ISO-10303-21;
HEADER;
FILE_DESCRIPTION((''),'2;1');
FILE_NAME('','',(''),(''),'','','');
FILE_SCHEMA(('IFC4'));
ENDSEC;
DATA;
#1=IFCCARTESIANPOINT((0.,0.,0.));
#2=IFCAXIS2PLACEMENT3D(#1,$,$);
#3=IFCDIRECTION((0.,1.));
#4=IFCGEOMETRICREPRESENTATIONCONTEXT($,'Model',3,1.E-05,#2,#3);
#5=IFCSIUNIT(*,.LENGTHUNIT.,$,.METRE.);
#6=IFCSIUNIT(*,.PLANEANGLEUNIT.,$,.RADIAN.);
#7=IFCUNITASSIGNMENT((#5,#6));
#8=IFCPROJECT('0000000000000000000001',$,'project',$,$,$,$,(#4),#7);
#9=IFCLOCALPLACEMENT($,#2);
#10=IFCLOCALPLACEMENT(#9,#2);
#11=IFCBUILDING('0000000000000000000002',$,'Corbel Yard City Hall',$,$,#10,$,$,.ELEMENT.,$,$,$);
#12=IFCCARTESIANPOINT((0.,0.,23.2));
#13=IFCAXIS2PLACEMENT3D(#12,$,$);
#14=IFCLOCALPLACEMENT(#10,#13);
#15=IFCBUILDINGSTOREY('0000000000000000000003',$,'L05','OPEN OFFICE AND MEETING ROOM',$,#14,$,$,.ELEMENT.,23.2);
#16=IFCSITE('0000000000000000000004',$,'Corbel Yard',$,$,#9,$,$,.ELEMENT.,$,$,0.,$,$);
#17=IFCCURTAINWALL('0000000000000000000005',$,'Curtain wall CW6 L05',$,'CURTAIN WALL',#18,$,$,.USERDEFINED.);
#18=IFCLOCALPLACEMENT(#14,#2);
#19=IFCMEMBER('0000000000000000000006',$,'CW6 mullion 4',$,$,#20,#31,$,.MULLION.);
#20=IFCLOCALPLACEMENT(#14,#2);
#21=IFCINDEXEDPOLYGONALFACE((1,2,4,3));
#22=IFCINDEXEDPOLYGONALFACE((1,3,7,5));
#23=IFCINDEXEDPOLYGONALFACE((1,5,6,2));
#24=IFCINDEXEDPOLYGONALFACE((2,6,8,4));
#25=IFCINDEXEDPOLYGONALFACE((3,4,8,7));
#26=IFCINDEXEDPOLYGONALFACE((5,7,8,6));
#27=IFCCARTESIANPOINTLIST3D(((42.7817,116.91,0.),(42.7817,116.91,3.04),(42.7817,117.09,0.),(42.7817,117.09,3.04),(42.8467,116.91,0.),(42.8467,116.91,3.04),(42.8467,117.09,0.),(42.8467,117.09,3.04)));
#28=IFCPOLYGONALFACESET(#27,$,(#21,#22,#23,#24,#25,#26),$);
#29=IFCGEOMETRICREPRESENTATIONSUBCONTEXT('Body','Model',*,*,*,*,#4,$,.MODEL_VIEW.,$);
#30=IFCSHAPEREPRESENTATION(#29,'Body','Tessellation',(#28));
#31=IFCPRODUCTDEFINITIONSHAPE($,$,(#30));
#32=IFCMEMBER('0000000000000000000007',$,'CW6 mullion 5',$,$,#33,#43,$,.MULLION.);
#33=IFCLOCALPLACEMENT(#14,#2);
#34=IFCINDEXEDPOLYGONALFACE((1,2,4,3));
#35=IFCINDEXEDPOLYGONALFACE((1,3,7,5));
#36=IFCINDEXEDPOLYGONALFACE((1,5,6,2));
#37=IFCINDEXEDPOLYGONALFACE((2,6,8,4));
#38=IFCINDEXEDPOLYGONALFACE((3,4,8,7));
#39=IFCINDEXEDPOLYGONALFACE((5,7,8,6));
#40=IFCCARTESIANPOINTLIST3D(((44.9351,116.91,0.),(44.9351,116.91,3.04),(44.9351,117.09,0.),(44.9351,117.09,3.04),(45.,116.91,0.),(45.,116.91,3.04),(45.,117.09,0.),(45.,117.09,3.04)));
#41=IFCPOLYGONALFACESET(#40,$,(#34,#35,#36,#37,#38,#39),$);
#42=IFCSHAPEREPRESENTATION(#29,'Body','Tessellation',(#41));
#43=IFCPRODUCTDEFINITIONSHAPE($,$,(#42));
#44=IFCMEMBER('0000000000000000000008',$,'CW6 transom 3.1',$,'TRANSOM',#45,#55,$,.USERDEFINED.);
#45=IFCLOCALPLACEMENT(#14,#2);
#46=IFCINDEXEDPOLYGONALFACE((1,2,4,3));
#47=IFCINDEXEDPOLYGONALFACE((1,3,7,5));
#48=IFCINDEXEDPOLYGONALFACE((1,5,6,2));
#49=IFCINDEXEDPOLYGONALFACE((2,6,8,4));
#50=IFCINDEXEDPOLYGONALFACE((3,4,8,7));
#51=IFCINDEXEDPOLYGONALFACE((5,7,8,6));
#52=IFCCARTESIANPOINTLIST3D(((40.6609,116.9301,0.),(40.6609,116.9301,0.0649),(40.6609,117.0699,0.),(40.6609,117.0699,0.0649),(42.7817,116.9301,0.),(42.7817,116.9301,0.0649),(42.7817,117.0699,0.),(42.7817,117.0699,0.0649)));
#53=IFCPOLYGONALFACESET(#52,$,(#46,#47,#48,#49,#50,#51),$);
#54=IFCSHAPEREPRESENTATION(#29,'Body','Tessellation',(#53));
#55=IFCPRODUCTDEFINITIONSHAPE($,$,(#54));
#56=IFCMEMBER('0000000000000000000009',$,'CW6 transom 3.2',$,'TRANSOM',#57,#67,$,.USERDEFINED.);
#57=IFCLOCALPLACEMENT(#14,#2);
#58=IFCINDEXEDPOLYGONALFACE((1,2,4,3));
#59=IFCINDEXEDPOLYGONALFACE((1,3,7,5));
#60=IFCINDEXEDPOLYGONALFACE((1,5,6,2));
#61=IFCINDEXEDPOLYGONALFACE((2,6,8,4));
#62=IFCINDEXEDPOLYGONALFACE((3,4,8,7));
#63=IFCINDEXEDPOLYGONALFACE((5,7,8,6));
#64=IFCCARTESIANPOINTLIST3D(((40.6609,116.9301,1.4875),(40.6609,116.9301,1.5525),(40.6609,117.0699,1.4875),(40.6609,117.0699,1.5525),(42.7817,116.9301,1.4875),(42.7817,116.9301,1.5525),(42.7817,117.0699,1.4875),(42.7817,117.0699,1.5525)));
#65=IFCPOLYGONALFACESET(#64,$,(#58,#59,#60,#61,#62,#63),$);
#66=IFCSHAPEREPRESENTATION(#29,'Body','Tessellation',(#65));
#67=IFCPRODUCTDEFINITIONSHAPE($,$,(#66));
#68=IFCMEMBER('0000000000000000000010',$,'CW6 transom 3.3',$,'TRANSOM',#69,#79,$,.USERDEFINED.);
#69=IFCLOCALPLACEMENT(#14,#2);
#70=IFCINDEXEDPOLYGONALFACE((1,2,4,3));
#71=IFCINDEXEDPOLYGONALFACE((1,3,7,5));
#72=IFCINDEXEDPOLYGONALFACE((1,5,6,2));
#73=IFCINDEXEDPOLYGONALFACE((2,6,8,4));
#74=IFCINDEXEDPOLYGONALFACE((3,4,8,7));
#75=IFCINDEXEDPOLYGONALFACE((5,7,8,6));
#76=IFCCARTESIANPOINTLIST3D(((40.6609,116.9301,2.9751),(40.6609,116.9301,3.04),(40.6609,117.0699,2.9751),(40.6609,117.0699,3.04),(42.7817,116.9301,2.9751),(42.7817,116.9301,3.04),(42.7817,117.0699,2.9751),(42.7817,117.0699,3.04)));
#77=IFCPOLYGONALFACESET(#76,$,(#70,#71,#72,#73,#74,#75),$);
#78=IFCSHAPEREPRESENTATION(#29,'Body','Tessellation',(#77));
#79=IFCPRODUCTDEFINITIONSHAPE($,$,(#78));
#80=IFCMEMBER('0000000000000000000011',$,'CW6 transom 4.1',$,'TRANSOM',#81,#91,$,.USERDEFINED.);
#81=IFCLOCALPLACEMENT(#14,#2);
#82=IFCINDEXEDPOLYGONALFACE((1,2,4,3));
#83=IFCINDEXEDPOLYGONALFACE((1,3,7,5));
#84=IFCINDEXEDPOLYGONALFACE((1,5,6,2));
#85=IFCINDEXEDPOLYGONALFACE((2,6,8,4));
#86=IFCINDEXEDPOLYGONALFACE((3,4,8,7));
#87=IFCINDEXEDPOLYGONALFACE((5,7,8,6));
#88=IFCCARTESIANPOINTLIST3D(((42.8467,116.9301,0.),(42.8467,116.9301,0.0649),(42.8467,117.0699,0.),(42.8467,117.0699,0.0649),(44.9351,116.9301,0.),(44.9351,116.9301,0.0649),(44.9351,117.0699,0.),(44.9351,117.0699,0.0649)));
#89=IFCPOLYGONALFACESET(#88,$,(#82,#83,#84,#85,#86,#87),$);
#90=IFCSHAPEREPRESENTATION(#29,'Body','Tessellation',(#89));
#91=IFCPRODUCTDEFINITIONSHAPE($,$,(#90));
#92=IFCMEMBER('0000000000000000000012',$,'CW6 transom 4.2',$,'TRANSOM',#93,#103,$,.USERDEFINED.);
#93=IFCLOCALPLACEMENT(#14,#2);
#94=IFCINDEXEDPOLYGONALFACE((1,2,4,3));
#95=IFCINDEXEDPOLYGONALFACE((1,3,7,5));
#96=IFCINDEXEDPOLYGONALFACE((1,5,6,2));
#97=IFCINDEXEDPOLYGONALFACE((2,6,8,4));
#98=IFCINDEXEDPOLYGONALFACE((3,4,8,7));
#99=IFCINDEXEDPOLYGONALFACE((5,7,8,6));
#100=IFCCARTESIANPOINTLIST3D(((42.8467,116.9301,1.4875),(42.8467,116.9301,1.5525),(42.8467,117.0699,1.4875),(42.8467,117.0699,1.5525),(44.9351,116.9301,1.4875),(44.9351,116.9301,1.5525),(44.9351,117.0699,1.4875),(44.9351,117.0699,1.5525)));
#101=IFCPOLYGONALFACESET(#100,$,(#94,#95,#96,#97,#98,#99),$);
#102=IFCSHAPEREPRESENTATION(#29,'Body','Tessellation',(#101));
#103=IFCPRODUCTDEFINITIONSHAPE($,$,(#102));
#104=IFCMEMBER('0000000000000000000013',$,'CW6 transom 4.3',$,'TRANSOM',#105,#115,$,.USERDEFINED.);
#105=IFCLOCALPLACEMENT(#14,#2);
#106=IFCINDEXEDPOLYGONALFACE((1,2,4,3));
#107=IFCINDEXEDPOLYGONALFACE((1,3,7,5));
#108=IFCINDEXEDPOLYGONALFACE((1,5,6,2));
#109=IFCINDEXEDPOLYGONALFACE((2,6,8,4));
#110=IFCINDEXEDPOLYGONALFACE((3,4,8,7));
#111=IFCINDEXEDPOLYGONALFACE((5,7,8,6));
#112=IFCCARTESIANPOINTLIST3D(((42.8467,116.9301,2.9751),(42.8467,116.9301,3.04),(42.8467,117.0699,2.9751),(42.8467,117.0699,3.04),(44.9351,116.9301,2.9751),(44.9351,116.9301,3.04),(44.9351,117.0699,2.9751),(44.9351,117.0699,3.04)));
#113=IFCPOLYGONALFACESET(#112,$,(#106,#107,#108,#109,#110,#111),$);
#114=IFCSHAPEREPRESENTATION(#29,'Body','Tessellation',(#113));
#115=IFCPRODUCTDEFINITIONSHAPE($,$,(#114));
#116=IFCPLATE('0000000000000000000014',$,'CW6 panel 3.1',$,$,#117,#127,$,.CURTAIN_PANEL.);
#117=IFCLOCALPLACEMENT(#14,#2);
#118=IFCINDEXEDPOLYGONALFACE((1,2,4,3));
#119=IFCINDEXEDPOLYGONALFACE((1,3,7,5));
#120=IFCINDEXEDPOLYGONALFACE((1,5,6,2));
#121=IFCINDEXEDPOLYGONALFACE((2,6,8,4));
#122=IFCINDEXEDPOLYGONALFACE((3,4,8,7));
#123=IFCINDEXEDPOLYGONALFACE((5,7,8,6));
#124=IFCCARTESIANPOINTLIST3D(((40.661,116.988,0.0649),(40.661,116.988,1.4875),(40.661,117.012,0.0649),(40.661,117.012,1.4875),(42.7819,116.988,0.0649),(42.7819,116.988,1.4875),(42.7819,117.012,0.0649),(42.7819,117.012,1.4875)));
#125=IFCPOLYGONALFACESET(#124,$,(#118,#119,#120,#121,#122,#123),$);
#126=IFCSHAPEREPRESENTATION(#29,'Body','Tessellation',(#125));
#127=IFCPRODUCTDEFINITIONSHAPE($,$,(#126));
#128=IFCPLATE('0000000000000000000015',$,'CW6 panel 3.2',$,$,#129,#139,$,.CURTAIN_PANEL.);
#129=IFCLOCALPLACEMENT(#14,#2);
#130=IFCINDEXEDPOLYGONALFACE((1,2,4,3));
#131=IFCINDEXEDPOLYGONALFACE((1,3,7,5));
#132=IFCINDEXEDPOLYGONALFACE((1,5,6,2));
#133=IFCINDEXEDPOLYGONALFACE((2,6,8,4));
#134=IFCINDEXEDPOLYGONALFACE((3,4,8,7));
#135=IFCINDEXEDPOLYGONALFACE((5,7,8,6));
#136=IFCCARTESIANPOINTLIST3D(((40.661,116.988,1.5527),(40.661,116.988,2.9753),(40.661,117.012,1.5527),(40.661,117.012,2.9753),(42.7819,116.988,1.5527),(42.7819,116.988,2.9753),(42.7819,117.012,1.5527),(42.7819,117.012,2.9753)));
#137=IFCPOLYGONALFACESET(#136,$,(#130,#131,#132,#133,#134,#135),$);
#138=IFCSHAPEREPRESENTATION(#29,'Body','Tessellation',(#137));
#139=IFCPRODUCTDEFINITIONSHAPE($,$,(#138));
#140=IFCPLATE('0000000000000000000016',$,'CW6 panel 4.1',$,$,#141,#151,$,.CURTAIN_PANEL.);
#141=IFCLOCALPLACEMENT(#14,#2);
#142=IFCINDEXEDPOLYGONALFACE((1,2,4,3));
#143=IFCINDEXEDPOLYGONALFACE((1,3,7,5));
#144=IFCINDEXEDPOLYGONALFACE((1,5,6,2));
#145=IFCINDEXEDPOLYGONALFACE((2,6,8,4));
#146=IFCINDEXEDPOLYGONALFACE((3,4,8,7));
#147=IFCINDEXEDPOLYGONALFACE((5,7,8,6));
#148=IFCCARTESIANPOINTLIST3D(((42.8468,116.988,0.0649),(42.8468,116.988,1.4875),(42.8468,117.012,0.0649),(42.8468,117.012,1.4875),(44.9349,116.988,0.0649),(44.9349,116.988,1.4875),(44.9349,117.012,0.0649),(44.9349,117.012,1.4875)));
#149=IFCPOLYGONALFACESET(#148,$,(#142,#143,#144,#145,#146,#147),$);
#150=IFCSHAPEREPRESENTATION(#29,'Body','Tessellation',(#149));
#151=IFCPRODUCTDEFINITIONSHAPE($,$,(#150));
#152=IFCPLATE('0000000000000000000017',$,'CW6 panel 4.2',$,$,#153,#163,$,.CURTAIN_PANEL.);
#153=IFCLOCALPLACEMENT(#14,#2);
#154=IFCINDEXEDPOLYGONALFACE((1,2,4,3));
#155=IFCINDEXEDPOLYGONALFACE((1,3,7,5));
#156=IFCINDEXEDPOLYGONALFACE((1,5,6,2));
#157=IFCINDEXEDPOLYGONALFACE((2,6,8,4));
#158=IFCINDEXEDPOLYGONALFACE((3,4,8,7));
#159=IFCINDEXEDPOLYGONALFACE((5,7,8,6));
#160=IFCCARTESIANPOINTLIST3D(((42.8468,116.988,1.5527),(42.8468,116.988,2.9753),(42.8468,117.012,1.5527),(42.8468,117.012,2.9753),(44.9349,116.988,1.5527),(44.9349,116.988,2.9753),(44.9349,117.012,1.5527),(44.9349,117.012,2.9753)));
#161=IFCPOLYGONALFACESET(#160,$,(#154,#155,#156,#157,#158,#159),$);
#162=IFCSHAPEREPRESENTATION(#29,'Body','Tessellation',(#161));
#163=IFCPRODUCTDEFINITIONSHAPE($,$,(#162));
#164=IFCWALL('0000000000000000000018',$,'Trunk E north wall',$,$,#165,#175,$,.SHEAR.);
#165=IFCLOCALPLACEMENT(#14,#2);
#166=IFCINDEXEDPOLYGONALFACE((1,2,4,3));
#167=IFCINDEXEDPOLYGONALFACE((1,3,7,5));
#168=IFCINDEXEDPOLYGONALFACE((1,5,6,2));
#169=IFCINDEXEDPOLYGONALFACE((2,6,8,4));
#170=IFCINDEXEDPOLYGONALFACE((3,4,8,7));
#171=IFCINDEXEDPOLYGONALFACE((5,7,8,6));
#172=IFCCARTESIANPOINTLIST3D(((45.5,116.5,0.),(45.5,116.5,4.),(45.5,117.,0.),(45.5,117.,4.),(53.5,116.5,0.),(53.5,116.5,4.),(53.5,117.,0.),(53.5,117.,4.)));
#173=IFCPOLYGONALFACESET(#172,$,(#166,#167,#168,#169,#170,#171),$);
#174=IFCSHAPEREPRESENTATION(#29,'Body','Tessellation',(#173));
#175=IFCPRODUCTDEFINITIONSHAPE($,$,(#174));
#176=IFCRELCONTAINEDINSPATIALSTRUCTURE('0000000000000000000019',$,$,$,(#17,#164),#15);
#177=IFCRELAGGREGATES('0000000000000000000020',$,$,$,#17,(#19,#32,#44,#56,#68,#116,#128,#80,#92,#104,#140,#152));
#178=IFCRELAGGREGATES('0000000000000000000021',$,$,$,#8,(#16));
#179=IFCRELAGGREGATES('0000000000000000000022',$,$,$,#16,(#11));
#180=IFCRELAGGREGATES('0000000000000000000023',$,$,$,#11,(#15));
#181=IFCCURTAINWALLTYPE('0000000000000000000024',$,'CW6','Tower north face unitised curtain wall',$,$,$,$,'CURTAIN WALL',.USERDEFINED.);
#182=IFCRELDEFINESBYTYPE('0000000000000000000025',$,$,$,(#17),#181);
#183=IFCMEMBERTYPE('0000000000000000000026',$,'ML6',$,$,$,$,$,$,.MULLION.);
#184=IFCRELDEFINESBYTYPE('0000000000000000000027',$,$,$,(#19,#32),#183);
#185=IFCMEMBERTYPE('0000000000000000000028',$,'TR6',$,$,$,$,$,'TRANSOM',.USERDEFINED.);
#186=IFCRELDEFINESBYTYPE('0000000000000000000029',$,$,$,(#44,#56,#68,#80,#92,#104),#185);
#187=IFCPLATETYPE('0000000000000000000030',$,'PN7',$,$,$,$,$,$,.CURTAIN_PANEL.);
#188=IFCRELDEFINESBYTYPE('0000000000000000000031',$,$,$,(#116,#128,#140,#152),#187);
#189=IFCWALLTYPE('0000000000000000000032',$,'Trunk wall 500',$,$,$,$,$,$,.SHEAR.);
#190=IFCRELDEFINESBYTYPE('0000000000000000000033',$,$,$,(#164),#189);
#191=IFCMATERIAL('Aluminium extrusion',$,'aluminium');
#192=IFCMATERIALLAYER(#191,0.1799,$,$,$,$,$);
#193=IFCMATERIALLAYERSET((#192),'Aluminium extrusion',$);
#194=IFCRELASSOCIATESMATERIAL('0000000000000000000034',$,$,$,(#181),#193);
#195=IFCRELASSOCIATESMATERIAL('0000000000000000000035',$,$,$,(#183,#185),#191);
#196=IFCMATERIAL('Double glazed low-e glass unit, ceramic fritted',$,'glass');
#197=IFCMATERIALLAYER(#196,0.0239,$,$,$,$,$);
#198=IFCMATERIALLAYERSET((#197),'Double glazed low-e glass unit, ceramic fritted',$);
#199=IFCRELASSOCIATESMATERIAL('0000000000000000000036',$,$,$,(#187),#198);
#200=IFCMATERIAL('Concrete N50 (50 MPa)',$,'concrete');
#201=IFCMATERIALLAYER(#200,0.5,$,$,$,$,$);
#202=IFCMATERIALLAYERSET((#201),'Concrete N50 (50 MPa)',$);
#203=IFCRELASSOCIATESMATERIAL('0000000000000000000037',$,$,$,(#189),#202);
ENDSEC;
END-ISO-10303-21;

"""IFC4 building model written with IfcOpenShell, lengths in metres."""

from ifc_helpers import new_model, si_unit, direction, frame, frame_2d, origin, origin_2d, place, context, subcontext, project, spatial, rectangle, extrude, material, layer, layer_set, material_profile, profile_set, type_object, element, aggregate, save


model = new_model("IFC4")

# Units and contexts
model_context = context("Model", 3, precision=1e-05, world=origin(), true_north=direction((0.0, 1.0)))
body_context = subcontext(model_context, "Body", "Model", "MODEL_VIEW")
ifc_project = project(units=[si_unit("LENGTHUNIT", "METRE"), si_unit("PLANEANGLEUNIT", "RADIAN")], contexts=[model_context])

# Site, building, storey
site_placement = place(None, origin())
site = spatial("IfcSite", under=ifc_project, at=site_placement, Name="Corbel Yard", CompositionType="ELEMENT", RefElevation=0.0)
building_placement = place(site_placement, origin())
building = spatial("IfcBuilding", under=site, at=building_placement, Name="Corbel Yard City Hall", CompositionType="ELEMENT")
storey_placement = place(building_placement, frame((0.0, 0.0, 23.2)))
storey = spatial("IfcBuildingStorey", under=building, at=storey_placement, Name="L05", Description="OPEN OFFICE AND MEETING ROOM", CompositionType="ELEMENT", Elevation=23.2)

# Curtain wall, members, plates
ifc_material_1 = material(Name="Aluminium extrusion", Category="aluminium")
ifc_layer_1 = layer(ifc_material_1, 0.1799)
ifc_layer_set_1 = layer_set([ifc_layer_1], Name="Aluminium extrusion")
curtain_wall_type = type_object("IfcCurtainWallType", Name="CW6", Description="Tower north face unitised curtain wall", ElementType="CURTAIN WALL", PredefinedType="USERDEFINED", material=ifc_layer_set_1)
curtain_wall_placement = place(storey_placement, origin())
curtain_wall = element("IfcCurtainWall", 1, at=curtain_wall_placement, inside=storey, type_object=curtain_wall_type, Name="Curtain wall CW6 L05", ObjectType="CURTAIN WALL", PredefinedType="USERDEFINED")
ifc_material_profile_1 = material_profile(ifc_material_1, rectangle(XDim=0.1799, YDim=0.0649, at=origin_2d()), Name="180x65")
ifc_profile_set_1 = profile_set([ifc_material_profile_1], Name="Aluminium extrusion")
member_type_1 = type_object("IfcMemberType", Name="ML6", PredefinedType="MULLION", material=ifc_profile_set_1)
member_1_placement = place(storey_placement, frame((42.8142, 117.0, 0.0), z_axis=(0.0, 0.0, 1.0), x_axis=(0.0, 1.0, 0.0)))
member_1 = element("IfcMember", 2, at=member_1_placement, type_object=member_type_1, Name="CW6 mullion 4", PredefinedType="MULLION", context=body_context, shape_type="SweptSolid", body=[
    extrude(rectangle(XDim=0.1799, YDim=0.0649, at=origin_2d()), origin(), (0.0, 0.0, 1.0), 3.04),
])
member_2_placement = place(storey_placement, frame((44.9675, 117.0, 0.0), z_axis=(0.0, 0.0, 1.0), x_axis=(0.0, 1.0, 0.0)))
member_2 = element("IfcMember", 3, at=member_2_placement, type_object=member_type_1, Name="CW6 mullion 5", PredefinedType="MULLION", context=body_context, shape_type="SweptSolid", body=[
    extrude(rectangle(XDim=0.1799, YDim=0.0649, at=origin_2d()), origin(), (0.0, 0.0, 1.0), 3.04),
])
ifc_material_profile_2 = material_profile(ifc_material_1, rectangle(XDim=0.1399, YDim=0.0649, at=origin_2d()), Name="140x65")
ifc_profile_set_2 = profile_set([ifc_material_profile_2], Name="Aluminium extrusion")
member_type_2 = type_object("IfcMemberType", Name="TR6", ElementType="TRANSOM", PredefinedType="USERDEFINED", material=ifc_profile_set_2)
member_3_placement = place(storey_placement, frame((40.6609, 117.0, 0.0325), z_axis=(1.0, 0.0, 0.0), x_axis=(0.0, 1.0, 0.0)))
member_3 = element("IfcMember", 4, at=member_3_placement, type_object=member_type_2, Name="CW6 transom 3.1", ObjectType="TRANSOM", PredefinedType="USERDEFINED", context=body_context, shape_type="SweptSolid", body=[
    extrude(rectangle(XDim=0.1399, YDim=0.0649, at=origin_2d()), origin(), (0.0, 0.0, 1.0), 2.1208),
])
member_4_placement = place(storey_placement, frame((40.6609, 117.0, 1.52), z_axis=(1.0, 0.0, 0.0), x_axis=(0.0, 1.0, 0.0)))
member_4 = element("IfcMember", 5, at=member_4_placement, type_object=member_type_2, Name="CW6 transom 3.2", ObjectType="TRANSOM", PredefinedType="USERDEFINED", context=body_context, shape_type="SweptSolid", body=[
    extrude(rectangle(XDim=0.1399, YDim=0.0649, at=origin_2d()), origin(), (0.0, 0.0, 1.0), 2.1208),
])
member_5_placement = place(storey_placement, frame((40.6609, 117.0, 3.0076), z_axis=(1.0, 0.0, 0.0), x_axis=(0.0, 1.0, 0.0)))
member_5 = element("IfcMember", 6, at=member_5_placement, type_object=member_type_2, Name="CW6 transom 3.3", ObjectType="TRANSOM", PredefinedType="USERDEFINED", context=body_context, shape_type="SweptSolid", body=[
    extrude(rectangle(XDim=0.1399, YDim=0.0649, at=origin_2d()), origin(), (0.0, 0.0, 1.0), 2.1208),
])
member_6_placement = place(storey_placement, frame((42.8467, 117.0, 0.0325), z_axis=(1.0, 0.0, 0.0), x_axis=(0.0, 1.0, 0.0)))
member_6 = element("IfcMember", 7, at=member_6_placement, type_object=member_type_2, Name="CW6 transom 4.1", ObjectType="TRANSOM", PredefinedType="USERDEFINED", context=body_context, shape_type="SweptSolid", body=[
    extrude(rectangle(XDim=0.1399, YDim=0.0649, at=origin_2d()), origin(), (0.0, 0.0, 1.0), 2.0884),
])
member_7_placement = place(storey_placement, frame((42.8467, 117.0, 1.52), z_axis=(1.0, 0.0, 0.0), x_axis=(0.0, 1.0, 0.0)))
member_7 = element("IfcMember", 8, at=member_7_placement, type_object=member_type_2, Name="CW6 transom 4.2", ObjectType="TRANSOM", PredefinedType="USERDEFINED", context=body_context, shape_type="SweptSolid", body=[
    extrude(rectangle(XDim=0.1399, YDim=0.0649, at=origin_2d()), origin(), (0.0, 0.0, 1.0), 2.0884),
])
member_8_placement = place(storey_placement, frame((42.8467, 117.0, 3.0076), z_axis=(1.0, 0.0, 0.0), x_axis=(0.0, 1.0, 0.0)))
member_8 = element("IfcMember", 9, at=member_8_placement, type_object=member_type_2, Name="CW6 transom 4.3", ObjectType="TRANSOM", PredefinedType="USERDEFINED", context=body_context, shape_type="SweptSolid", body=[
    extrude(rectangle(XDim=0.1399, YDim=0.0649, at=origin_2d()), origin(), (0.0, 0.0, 1.0), 2.0884),
])
ifc_material_2 = material(Name="Double glazed low-e glass unit, ceramic fritted", Category="glass")
ifc_layer_2 = layer(ifc_material_2, 0.0239)
ifc_layer_set_2 = layer_set([ifc_layer_2], Name="Double glazed low-e glass unit, ceramic fritted")
plate_type = type_object("IfcPlateType", Name="PN7", PredefinedType="CURTAIN_PANEL", material=ifc_layer_set_2)
plate_1_placement = place(storey_placement, frame((41.7214, 117.0, 0.0649), z_axis=(0.0, 0.0, 1.0), x_axis=(1.0, 0.0, 0.0)))
plate_1 = element("IfcPlate", 10, at=plate_1_placement, type_object=plate_type, Name="CW6 panel 3.1", PredefinedType="CURTAIN_PANEL", context=body_context, shape_type="SweptSolid", body=[
    extrude(rectangle(XDim=2.1208, YDim=0.0239, at=origin_2d()), origin(), (0.0, 0.0, 1.0), 1.4226),
])
plate_2_placement = place(storey_placement, frame((41.7214, 117.0, 1.5527), z_axis=(0.0, 0.0, 1.0), x_axis=(1.0, 0.0, 0.0)))
plate_2 = element("IfcPlate", 11, at=plate_2_placement, type_object=plate_type, Name="CW6 panel 3.2", PredefinedType="CURTAIN_PANEL", context=body_context, shape_type="SweptSolid", body=[
    extrude(rectangle(XDim=2.1208, YDim=0.0239, at=origin_2d()), origin(), (0.0, 0.0, 1.0), 1.4226),
])
plate_3_placement = place(storey_placement, frame((43.8909, 117.0, 0.0649), z_axis=(0.0, 0.0, 1.0), x_axis=(1.0, 0.0, 0.0)))
plate_3 = element("IfcPlate", 12, at=plate_3_placement, type_object=plate_type, Name="CW6 panel 4.1", PredefinedType="CURTAIN_PANEL", context=body_context, shape_type="SweptSolid", body=[
    extrude(rectangle(XDim=2.0881, YDim=0.0239, at=origin_2d()), origin(), (0.0, 0.0, 1.0), 1.4226),
])
plate_4_placement = place(storey_placement, frame((43.8909, 117.0, 1.5527), z_axis=(0.0, 0.0, 1.0), x_axis=(1.0, 0.0, 0.0)))
plate_4 = element("IfcPlate", 13, at=plate_4_placement, type_object=plate_type, Name="CW6 panel 4.2", PredefinedType="CURTAIN_PANEL", context=body_context, shape_type="SweptSolid", body=[
    extrude(rectangle(XDim=2.0881, YDim=0.0239, at=origin_2d()), origin(), (0.0, 0.0, 1.0), 1.4226),
])
aggregate(curtain_wall, [member_1, member_2, member_3, member_4, member_5, plate_1, plate_2, member_6, member_7, member_8, plate_3, plate_4])

# Wall
ifc_material_3 = material(Name="Concrete N50 (50 MPa)", Category="concrete")
ifc_layer_3 = layer(ifc_material_3, 0.5)
ifc_layer_set_3 = layer_set([ifc_layer_3], Name="Concrete N50 (50 MPa)")
wall_type = type_object("IfcWallType", Name="Trunk wall 500", PredefinedType="SHEAR", material=ifc_layer_set_3)
wall_placement = place(storey_placement, frame((45.5, 116.75, 0.0), z_axis=(0.0, 0.0, 1.0), x_axis=(1.0, 0.0, 0.0)))
element("IfcWall", 14, at=wall_placement, inside=storey, type_object=wall_type, Name="Trunk E north wall", PredefinedType="SHEAR", context=body_context, shape_type="SweptSolid", body=[
    extrude(rectangle(XDim=8.0, YDim=0.5, at=frame_2d((4.0, 0.0))), origin(), (0.0, 0.0, 1.0), 4.0),
])

save(model, "model.ifc")
